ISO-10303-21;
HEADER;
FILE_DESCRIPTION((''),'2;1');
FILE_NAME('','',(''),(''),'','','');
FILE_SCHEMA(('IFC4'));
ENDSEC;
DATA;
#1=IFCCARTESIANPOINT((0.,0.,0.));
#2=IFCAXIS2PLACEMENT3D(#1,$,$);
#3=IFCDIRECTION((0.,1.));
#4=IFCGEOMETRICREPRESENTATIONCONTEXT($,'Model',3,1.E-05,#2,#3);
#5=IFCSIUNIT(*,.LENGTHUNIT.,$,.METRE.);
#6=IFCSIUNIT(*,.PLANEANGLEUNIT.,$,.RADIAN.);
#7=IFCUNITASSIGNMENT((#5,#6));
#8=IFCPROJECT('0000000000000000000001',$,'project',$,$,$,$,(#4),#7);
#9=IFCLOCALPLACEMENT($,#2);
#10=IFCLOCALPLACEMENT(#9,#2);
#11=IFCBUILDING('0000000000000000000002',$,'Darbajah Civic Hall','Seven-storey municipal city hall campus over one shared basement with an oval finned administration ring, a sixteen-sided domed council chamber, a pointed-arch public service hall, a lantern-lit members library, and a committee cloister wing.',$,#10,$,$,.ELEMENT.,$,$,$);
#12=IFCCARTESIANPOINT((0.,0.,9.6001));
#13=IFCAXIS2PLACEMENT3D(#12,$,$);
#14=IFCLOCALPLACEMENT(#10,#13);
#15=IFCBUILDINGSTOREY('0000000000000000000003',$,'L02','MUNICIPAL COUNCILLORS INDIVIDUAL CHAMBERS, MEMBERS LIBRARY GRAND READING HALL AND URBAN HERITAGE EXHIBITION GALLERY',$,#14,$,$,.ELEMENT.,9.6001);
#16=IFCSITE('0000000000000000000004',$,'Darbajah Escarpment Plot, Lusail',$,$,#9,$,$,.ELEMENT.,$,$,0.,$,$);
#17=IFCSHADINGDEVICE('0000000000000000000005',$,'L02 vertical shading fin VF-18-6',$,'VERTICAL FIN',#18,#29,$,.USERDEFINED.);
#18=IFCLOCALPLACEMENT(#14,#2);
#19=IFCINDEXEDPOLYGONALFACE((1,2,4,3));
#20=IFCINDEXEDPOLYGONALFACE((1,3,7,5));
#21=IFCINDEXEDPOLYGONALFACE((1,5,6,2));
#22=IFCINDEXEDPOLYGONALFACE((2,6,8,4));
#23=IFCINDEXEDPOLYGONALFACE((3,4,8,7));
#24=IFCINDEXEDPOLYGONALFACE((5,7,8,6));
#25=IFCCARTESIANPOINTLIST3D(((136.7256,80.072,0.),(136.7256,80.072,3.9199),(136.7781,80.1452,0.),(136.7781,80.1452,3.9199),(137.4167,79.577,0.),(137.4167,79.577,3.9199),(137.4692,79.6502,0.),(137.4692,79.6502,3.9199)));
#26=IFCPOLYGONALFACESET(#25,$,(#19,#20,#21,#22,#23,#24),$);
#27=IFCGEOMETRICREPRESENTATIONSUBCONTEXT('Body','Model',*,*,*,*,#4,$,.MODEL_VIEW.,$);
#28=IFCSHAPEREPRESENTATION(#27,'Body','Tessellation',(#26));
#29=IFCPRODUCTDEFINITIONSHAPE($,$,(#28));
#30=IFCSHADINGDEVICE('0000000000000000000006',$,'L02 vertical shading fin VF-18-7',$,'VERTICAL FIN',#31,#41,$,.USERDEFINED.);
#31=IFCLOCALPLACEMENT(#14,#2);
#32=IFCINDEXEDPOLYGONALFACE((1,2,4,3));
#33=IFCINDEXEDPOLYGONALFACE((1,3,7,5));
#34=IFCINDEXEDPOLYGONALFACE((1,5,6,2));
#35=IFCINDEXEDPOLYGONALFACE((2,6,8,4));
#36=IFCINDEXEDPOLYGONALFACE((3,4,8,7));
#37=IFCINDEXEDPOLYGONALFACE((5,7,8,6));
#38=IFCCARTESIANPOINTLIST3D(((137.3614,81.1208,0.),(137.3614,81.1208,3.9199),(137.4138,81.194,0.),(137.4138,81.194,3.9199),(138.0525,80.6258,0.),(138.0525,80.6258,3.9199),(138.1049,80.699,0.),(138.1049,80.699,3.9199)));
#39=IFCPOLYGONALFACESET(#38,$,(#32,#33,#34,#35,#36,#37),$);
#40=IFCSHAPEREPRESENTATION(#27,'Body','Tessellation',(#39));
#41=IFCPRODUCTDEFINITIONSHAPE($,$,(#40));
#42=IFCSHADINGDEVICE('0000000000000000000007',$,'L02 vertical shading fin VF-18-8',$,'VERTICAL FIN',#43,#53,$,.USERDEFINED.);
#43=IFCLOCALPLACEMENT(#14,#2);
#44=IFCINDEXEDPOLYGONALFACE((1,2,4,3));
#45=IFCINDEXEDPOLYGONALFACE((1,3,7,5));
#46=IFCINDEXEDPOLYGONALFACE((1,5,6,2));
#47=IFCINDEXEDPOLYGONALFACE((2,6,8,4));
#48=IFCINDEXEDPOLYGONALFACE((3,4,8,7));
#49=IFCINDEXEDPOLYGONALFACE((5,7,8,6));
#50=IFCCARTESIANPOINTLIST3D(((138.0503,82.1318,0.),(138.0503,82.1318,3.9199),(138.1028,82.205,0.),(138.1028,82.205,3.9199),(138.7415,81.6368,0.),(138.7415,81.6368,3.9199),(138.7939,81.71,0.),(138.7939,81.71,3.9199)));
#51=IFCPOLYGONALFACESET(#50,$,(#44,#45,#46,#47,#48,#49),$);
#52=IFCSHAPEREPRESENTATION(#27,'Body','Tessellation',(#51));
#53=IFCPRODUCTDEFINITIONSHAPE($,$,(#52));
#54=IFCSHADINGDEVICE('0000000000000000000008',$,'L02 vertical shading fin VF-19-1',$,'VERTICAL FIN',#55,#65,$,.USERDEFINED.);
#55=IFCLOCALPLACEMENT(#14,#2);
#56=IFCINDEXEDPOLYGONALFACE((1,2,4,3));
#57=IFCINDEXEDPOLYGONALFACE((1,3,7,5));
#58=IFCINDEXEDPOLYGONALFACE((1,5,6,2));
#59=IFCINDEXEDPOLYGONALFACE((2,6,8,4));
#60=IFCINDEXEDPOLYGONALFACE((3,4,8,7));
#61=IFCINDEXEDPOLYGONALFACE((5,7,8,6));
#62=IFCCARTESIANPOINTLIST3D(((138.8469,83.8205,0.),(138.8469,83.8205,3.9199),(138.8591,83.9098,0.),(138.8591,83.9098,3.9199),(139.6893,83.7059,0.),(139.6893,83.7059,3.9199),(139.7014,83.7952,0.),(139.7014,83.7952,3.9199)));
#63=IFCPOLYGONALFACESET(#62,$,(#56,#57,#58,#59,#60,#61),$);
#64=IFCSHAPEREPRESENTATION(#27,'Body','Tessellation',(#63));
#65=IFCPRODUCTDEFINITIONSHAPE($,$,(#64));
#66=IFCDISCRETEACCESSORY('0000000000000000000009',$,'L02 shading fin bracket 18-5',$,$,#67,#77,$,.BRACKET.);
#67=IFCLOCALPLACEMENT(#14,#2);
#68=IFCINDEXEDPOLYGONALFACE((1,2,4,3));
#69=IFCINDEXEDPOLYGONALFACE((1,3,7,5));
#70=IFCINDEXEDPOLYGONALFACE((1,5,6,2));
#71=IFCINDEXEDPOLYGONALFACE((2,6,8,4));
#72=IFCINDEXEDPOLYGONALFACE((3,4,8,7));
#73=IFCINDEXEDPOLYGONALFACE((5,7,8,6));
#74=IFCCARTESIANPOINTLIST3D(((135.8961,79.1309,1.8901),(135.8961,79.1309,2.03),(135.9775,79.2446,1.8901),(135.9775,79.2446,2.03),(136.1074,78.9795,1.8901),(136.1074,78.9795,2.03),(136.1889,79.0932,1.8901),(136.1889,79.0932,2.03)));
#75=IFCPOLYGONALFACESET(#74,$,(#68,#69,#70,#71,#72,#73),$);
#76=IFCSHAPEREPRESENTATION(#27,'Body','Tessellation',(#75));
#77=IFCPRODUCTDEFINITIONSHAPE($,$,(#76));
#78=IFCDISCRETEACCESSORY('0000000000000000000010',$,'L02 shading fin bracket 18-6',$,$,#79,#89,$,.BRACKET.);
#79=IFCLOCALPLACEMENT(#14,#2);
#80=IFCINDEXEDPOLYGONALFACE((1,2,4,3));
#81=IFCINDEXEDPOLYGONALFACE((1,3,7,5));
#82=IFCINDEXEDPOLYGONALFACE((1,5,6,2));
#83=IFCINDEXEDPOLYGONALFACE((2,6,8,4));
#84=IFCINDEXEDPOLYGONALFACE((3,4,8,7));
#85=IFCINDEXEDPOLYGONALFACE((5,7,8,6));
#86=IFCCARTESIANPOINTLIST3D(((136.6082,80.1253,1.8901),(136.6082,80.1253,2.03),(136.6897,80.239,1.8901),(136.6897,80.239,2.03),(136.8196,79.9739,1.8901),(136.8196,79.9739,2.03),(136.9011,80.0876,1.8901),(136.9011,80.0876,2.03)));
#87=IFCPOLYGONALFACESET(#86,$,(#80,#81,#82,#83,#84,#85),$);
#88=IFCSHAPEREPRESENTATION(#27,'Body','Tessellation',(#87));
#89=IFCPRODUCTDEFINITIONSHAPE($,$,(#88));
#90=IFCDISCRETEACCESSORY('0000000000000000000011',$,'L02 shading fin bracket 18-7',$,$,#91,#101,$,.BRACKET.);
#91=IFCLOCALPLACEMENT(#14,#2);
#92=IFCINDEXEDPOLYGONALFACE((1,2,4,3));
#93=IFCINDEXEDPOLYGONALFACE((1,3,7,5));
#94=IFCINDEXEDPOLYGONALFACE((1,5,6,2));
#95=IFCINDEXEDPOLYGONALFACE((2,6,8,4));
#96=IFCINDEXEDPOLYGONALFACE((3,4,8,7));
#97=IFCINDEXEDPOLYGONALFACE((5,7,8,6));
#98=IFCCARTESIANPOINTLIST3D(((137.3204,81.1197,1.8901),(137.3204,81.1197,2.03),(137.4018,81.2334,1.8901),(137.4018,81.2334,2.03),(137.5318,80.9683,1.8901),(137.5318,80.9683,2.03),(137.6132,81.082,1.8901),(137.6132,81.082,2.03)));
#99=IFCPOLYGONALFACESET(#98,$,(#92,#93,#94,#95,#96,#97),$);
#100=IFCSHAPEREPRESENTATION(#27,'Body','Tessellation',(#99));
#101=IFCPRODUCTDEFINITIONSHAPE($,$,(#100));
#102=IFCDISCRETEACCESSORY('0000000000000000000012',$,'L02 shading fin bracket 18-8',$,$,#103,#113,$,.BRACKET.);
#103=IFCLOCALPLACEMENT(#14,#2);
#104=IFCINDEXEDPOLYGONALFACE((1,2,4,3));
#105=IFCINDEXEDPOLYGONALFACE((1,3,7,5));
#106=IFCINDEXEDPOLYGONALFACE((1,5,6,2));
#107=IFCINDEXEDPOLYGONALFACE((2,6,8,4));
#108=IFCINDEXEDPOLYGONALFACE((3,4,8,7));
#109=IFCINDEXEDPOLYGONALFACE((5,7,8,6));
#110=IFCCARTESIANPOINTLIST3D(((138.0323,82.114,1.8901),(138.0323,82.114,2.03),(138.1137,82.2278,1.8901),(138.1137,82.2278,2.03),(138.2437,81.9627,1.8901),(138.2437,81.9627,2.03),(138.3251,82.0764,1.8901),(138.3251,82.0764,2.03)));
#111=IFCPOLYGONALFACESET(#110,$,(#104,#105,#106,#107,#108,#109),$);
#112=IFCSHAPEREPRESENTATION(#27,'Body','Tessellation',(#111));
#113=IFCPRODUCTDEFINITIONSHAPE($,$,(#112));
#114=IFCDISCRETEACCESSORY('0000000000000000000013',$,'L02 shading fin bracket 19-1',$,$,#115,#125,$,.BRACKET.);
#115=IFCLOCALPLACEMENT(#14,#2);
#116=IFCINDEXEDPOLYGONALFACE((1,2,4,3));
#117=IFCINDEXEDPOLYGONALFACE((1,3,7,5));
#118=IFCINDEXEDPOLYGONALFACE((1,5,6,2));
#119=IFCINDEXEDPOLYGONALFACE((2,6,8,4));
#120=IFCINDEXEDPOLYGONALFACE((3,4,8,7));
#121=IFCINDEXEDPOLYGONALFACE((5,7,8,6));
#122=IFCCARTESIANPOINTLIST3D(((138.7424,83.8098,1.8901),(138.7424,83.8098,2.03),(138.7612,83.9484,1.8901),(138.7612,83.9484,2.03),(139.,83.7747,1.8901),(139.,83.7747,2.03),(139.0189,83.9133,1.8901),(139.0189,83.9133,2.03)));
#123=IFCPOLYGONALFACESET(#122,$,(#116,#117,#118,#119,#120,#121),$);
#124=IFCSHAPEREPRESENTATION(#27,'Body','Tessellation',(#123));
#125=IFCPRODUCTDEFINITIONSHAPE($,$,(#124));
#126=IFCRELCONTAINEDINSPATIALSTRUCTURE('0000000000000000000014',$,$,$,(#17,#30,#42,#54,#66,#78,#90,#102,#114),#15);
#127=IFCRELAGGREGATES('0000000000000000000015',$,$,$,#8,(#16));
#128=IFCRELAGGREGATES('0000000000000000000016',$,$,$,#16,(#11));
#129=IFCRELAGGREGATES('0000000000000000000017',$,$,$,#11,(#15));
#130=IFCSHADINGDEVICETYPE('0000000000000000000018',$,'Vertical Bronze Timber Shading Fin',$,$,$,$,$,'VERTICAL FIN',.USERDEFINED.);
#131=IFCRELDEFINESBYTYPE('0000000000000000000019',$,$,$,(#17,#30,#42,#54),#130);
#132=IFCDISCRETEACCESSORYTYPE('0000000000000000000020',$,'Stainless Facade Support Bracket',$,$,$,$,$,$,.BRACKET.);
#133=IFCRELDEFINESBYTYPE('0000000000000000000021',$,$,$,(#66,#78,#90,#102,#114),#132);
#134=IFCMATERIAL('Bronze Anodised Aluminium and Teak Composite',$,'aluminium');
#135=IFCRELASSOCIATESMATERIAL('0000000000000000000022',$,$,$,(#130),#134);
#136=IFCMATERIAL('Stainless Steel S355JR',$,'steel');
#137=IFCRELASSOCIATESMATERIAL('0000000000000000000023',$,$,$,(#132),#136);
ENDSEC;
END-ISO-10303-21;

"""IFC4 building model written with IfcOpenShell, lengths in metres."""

from ifc_helpers import new_model, si_unit, direction, frame, origin, origin_2d, place, context, subcontext, project, spatial, rectangle, extrude, material, type_object, element, save


model = new_model("IFC4")

# Units and contexts
model_context = context("Model", 3, precision=1e-05, world=origin(), true_north=direction((0.0, 1.0)))
body_context = subcontext(model_context, "Body", "Model", "MODEL_VIEW")
ifc_project = project(units=[si_unit("LENGTHUNIT", "METRE"), si_unit("PLANEANGLEUNIT", "RADIAN")], contexts=[model_context])

# Site, building, storey
site_placement = place(None, origin())
site = spatial("IfcSite", under=ifc_project, at=site_placement, Name="Darbajah Escarpment Plot, Lusail", CompositionType="ELEMENT", RefElevation=0.0)
building_placement = place(site_placement, origin())
building = spatial("IfcBuilding", under=site, at=building_placement, Name="Darbajah Civic Hall", Description="Seven-storey municipal city hall campus over one shared basement with an oval finned administration ring, a sixteen-sided domed council chamber, a pointed-arch public service hall, a lantern-lit members library, and a committee cloister wing.", CompositionType="ELEMENT")
storey_placement = place(building_placement, frame((0.0, 0.0, 9.6001)))
storey = spatial("IfcBuildingStorey", under=building, at=storey_placement, Name="L02", Description="MUNICIPAL COUNCILLORS INDIVIDUAL CHAMBERS, MEMBERS LIBRARY GRAND READING HALL AND URBAN HERITAGE EXHIBITION GALLERY", CompositionType="ELEMENT", Elevation=9.6001)

# Shading devices
ifc_material_1 = material(Name="Bronze Anodised Aluminium and Teak Composite", Category="aluminium")
shading_device_type = type_object("IfcShadingDeviceType", Name="Vertical Bronze Timber Shading Fin", ElementType="VERTICAL FIN", PredefinedType="USERDEFINED", material=ifc_material_1)
for number, where, z_axis, x_axis, name in (
    (1, (137.0974, 79.8611, 0.0), (0.0, 0.0, 1.0), (0.812999, -0.582265, 0.0), "L02 vertical shading fin VF-18-6"),
    (2, (137.7332, 80.9099, 0.0), (0.0, 0.0, 1.0), (0.812999, -0.582265, 0.0), "L02 vertical shading fin VF-18-7"),
    (3, (138.4221, 81.9209, 0.0), (0.0, 0.0, 1.0), (0.812999, -0.582265, 0.0), "L02 vertical shading fin VF-18-8"),
    (4, (139.2742, 83.8079, 0.0), (0.0, 0.0, 1.0), (0.990866, -0.134851, 0.0), "L02 vertical shading fin VF-19-1"),
):
    element("IfcShadingDevice", number, at=place(storey_placement, frame(where, z_axis=z_axis, x_axis=x_axis)), inside=storey, type_object=shading_device_type, Name=name, ObjectType="VERTICAL FIN", PredefinedType="USERDEFINED", context=body_context, shape_type="SweptSolid", body=[
        extrude(rectangle(XDim=0.8501, YDim=0.0901, at=origin_2d()), origin(), (0.0, 0.0, 1.0), 3.9199),
    ])

# Discrete accessories
ifc_material_2 = material(Name="Stainless Steel S355JR", Category="steel")
discrete_accessory_type = type_object("IfcDiscreteAccessoryType", Name="Stainless Facade Support Bracket", PredefinedType="BRACKET", material=ifc_material_2)
for number, where, z_axis, x_axis, name in (
    (5, (136.0425, 79.1121, 1.8901), (0.0, 0.0, 1.0), (0.812999, -0.582265, 0.0), "L02 shading fin bracket 18-5"),
    (6, (136.7546, 80.1064, 1.8901), (0.0, 0.0, 1.0), (0.812999, -0.582265, 0.0), "L02 shading fin bracket 18-6"),
    (7, (137.4668, 81.1008, 1.8901), (0.0, 0.0, 1.0), (0.812999, -0.582265, 0.0), "L02 shading fin bracket 18-7"),
    (8, (138.1787, 82.0952, 1.8901), (0.0, 0.0, 1.0), (0.812999, -0.582265, 0.0), "L02 shading fin bracket 18-8"),
    (9, (138.8806, 83.8616, 1.8901), (0.0, 0.0, 1.0), (0.990866, -0.134851, 0.0), "L02 shading fin bracket 19-1"),
):
    element("IfcDiscreteAccessory", number, at=place(storey_placement, frame(where, z_axis=z_axis, x_axis=x_axis)), inside=storey, type_object=discrete_accessory_type, Name=name, PredefinedType="BRACKET", context=body_context, shape_type="SweptSolid", body=[
        extrude(rectangle(XDim=0.26, YDim=0.1399, at=origin_2d()), origin(), (0.0, 0.0, 1.0), 0.1399),
    ])

save(model, "model.ifc")
